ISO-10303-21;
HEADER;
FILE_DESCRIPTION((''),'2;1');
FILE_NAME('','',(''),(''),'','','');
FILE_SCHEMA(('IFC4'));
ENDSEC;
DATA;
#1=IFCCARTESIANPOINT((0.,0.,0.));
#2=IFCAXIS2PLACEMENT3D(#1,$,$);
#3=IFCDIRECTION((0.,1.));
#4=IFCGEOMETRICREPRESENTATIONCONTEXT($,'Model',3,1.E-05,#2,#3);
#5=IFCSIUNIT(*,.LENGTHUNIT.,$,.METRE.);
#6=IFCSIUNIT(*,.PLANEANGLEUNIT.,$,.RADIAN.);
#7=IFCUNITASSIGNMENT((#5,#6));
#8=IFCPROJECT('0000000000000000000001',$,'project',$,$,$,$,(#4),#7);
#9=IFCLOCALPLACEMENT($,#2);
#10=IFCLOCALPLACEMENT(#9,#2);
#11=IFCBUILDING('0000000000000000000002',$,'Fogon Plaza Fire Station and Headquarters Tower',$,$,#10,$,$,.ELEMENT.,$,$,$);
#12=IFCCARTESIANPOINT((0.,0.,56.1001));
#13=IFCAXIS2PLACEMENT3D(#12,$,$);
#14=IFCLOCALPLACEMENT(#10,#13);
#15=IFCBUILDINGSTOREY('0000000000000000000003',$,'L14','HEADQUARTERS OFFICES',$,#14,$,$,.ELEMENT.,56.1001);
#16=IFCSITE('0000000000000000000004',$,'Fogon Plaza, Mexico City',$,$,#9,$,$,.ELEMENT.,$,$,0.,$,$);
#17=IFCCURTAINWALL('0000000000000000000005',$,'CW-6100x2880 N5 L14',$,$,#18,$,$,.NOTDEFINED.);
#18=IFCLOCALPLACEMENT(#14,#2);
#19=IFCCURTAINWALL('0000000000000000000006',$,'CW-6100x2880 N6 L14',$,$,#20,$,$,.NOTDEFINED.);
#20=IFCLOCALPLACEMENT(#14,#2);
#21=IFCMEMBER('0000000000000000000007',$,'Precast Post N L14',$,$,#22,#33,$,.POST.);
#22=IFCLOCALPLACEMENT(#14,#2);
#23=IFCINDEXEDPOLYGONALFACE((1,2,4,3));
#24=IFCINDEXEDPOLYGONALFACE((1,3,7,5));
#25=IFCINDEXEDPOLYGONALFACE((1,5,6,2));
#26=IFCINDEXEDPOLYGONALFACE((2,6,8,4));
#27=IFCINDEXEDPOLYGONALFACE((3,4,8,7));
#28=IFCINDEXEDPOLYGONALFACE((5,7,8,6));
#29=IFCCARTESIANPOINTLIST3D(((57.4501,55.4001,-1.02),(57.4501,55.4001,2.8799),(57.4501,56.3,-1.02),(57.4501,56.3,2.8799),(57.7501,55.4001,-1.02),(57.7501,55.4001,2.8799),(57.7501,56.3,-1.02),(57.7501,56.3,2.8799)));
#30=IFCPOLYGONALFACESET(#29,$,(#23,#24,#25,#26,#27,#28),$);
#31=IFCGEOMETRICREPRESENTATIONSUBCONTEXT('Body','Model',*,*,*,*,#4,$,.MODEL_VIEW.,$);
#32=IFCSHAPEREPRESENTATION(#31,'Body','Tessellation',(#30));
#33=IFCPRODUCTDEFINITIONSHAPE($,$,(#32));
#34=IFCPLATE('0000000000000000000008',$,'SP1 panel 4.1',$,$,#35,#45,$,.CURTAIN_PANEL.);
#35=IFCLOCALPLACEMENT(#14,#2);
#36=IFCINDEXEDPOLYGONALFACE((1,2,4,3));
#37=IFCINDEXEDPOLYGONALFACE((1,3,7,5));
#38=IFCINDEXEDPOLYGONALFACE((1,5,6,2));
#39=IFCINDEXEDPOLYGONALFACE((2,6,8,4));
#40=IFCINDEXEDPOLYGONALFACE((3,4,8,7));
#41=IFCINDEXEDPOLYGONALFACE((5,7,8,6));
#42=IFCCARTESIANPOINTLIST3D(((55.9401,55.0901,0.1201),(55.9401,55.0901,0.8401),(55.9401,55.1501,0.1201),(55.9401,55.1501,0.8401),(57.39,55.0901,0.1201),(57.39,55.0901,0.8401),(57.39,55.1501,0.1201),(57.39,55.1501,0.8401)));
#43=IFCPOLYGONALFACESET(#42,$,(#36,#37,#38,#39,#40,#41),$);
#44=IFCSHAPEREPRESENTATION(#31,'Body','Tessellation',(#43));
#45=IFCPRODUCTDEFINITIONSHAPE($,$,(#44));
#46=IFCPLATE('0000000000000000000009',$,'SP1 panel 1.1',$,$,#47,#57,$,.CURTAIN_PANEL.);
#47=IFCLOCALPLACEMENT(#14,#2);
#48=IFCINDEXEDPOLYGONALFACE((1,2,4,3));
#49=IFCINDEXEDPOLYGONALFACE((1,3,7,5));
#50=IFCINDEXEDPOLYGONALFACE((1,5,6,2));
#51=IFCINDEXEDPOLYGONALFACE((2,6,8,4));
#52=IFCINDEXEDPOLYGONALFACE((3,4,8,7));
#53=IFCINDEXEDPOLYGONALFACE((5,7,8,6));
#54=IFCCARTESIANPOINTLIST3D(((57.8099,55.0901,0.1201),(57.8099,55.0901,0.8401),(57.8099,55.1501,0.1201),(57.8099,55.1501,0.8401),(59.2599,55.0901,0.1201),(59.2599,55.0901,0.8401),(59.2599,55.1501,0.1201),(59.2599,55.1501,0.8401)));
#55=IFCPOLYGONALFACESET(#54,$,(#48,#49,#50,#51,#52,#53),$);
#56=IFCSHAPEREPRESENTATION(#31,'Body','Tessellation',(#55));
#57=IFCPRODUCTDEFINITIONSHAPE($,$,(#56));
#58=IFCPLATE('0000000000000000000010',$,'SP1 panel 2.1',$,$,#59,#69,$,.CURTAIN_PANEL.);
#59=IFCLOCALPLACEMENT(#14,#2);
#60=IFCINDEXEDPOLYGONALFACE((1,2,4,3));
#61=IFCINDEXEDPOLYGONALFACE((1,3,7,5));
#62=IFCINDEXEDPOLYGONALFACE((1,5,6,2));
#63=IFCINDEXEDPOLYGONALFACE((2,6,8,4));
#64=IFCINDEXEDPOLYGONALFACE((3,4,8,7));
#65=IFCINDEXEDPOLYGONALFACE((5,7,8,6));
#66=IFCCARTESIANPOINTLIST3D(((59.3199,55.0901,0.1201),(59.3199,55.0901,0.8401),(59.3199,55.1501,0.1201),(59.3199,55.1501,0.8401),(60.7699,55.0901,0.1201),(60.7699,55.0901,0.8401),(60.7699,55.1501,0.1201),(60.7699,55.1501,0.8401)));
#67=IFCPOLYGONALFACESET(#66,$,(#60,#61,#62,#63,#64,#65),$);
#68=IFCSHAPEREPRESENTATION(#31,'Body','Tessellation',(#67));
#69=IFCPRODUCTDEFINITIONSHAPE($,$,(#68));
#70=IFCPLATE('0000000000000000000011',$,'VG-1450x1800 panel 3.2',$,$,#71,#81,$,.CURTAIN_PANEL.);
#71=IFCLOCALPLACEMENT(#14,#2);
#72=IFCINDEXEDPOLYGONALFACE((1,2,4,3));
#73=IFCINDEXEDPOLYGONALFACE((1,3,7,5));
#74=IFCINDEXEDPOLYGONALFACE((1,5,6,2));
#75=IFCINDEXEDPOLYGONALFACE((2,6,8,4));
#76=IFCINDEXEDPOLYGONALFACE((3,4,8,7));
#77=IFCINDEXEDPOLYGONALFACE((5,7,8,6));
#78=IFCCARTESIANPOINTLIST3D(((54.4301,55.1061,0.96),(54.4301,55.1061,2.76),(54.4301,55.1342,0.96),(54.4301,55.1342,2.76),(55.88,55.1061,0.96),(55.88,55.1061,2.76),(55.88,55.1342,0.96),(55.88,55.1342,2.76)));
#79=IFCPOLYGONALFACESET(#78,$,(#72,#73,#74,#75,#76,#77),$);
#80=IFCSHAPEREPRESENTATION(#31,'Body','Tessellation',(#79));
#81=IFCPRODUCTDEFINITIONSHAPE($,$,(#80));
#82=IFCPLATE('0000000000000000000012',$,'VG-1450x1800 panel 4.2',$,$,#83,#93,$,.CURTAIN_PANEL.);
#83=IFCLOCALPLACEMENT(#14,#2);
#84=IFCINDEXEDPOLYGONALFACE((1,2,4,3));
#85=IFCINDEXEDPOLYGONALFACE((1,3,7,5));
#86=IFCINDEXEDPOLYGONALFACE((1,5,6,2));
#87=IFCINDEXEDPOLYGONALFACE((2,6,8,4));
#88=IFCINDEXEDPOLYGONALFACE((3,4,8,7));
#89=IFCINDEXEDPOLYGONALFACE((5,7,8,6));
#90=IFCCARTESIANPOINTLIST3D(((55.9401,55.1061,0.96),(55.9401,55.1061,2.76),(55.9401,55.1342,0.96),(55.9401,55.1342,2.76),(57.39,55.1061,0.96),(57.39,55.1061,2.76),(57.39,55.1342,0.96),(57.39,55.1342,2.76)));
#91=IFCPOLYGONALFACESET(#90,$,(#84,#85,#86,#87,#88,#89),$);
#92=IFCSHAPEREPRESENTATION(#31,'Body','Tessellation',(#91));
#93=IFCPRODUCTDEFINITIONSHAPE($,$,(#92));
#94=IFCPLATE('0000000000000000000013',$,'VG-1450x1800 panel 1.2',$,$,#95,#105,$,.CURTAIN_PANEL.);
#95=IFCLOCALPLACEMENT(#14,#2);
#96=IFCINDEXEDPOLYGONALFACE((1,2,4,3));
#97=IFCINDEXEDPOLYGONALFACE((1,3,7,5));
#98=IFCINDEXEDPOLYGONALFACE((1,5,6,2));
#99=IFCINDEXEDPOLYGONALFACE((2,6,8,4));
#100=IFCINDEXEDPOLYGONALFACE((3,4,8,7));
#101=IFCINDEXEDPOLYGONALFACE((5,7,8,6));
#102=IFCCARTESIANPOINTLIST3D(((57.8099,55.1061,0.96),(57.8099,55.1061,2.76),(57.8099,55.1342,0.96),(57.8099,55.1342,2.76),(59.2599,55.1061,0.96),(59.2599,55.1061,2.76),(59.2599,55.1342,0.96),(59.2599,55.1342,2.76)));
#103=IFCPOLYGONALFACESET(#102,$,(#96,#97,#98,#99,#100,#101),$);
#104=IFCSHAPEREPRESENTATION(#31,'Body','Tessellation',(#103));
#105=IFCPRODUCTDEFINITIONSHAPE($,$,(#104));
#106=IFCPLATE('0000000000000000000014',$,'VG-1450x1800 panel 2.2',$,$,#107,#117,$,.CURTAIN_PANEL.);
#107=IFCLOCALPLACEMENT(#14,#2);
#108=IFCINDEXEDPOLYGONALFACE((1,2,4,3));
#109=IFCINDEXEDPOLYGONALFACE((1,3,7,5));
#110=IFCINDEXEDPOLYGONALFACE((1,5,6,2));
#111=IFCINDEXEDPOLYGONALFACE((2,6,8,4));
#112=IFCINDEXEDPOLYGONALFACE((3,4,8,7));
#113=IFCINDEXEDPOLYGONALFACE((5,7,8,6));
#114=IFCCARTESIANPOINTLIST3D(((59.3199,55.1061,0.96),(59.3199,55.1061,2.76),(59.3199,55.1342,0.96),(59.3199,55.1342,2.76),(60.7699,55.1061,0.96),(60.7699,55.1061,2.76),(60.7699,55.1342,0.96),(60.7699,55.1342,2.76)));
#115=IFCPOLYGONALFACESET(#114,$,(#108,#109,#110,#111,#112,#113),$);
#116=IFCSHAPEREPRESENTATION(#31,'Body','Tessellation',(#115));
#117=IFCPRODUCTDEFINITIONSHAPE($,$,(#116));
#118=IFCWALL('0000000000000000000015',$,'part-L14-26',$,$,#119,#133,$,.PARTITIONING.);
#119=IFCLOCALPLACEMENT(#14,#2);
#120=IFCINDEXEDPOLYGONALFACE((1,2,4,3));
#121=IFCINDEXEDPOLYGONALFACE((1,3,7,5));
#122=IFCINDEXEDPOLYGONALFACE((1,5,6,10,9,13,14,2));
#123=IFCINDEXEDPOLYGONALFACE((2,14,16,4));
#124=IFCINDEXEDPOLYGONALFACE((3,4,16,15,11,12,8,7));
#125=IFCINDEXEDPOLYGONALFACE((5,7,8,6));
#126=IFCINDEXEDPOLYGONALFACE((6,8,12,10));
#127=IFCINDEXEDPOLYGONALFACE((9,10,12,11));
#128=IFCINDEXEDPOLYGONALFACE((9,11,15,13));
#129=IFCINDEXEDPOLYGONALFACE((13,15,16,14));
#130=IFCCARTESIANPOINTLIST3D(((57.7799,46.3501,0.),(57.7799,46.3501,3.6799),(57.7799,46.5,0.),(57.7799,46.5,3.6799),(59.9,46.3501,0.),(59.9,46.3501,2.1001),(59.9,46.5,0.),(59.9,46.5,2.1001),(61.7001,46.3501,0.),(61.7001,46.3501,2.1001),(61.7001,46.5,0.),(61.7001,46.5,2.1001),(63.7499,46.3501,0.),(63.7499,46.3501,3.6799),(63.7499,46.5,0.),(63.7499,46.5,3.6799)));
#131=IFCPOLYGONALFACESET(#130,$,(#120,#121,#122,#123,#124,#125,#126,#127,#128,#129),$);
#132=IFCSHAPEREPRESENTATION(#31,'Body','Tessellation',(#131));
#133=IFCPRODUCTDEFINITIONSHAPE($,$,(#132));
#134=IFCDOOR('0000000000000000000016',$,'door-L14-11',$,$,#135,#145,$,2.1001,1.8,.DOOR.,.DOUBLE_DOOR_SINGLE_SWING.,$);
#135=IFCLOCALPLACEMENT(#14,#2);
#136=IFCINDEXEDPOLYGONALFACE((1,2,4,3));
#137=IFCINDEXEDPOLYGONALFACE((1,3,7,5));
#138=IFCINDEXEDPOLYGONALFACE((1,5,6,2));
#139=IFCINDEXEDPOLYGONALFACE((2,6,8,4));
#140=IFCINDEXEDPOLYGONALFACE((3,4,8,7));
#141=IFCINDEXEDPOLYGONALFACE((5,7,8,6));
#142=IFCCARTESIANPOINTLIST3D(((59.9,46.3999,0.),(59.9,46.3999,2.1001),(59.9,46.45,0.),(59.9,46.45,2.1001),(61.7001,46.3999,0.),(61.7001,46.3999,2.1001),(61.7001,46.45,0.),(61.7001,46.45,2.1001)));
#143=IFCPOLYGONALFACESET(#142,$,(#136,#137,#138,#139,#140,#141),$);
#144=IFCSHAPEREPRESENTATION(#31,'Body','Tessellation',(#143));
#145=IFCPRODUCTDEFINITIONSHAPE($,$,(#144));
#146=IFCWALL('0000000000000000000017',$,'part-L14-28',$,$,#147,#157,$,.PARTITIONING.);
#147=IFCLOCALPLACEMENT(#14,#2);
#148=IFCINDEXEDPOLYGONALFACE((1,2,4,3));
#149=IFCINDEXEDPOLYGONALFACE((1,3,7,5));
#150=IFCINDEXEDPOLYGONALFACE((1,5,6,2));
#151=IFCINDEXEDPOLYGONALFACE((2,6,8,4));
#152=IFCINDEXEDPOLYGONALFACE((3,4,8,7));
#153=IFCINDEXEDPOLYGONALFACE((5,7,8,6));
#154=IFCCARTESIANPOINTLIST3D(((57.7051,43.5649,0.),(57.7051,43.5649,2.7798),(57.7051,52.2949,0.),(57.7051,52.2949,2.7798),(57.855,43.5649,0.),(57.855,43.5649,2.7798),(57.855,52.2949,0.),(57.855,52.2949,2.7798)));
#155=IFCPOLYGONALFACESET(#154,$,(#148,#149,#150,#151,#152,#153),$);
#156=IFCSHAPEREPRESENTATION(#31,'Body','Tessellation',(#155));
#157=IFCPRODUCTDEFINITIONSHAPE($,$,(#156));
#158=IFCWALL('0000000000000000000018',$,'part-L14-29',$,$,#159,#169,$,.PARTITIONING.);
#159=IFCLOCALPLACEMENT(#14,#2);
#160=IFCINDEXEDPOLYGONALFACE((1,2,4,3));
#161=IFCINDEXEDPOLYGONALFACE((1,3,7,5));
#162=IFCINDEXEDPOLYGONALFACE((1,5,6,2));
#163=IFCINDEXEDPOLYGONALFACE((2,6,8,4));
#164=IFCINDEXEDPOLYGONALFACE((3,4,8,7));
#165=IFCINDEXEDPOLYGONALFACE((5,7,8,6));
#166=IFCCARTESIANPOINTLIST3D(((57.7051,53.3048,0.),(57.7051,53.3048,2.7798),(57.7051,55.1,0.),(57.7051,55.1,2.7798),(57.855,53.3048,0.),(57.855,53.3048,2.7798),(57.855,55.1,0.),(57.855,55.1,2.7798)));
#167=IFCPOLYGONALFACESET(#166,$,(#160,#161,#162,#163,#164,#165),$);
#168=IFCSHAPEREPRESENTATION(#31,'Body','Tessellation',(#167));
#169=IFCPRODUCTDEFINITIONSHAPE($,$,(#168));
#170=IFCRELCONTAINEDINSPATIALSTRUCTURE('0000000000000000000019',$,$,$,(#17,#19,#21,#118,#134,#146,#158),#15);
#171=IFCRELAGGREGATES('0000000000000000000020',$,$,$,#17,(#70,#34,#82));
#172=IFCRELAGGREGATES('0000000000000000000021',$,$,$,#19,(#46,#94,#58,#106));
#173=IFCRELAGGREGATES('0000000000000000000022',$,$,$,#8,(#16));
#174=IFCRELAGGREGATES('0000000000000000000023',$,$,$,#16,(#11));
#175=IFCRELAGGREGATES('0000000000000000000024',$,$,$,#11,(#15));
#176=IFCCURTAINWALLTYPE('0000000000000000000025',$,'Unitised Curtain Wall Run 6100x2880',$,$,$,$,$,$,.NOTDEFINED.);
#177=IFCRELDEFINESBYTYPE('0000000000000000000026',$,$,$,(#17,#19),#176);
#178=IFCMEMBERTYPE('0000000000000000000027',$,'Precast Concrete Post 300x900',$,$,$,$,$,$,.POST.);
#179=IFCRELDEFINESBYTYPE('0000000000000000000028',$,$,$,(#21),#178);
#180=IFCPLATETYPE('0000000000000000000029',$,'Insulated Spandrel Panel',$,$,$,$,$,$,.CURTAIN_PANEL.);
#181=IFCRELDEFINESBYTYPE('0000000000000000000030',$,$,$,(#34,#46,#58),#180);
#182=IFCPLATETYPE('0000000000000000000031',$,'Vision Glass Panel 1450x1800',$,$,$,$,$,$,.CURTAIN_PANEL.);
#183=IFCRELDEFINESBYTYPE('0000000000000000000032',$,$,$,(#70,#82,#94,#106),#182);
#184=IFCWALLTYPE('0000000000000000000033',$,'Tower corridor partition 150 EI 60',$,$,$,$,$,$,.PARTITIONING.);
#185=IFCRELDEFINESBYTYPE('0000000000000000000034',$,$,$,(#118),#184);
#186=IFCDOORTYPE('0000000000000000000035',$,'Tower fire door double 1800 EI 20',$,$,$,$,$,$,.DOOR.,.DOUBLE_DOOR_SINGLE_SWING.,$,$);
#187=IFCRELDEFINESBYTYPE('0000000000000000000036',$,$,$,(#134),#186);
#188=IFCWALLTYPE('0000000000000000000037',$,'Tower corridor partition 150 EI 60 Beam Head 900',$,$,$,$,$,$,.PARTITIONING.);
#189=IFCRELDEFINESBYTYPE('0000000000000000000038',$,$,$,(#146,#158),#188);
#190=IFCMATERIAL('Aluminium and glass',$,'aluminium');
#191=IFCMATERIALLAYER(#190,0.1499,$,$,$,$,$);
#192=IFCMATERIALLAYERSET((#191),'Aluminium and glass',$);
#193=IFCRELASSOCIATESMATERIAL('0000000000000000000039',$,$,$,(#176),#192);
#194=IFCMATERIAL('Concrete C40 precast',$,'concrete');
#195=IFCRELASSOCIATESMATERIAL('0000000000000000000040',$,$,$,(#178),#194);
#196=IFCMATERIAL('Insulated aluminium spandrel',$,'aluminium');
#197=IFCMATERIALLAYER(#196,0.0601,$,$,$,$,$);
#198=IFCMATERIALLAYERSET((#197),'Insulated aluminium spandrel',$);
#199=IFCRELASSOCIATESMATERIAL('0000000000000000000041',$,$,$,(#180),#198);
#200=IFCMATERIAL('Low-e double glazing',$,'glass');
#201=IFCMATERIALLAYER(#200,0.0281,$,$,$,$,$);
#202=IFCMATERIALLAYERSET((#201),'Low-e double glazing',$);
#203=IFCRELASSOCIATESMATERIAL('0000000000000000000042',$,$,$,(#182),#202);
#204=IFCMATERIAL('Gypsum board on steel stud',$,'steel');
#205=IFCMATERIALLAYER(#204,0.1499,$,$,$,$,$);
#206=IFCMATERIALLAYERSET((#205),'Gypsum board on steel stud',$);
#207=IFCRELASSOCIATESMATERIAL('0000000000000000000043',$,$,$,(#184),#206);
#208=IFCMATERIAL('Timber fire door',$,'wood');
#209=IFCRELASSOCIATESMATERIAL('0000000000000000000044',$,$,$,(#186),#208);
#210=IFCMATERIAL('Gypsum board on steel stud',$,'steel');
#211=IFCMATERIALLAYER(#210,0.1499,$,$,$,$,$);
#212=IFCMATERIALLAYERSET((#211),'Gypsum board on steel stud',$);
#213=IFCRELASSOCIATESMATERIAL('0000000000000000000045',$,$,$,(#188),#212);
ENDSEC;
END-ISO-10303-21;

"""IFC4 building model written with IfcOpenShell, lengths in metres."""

from ifc_helpers import new_model, si_unit, direction, frame, frame_2d, origin, origin_2d, place, context, subcontext, project, spatial, rectangle, extrude, material, layer, layer_set, material_profile, profile_set, type_object, element, fill, aggregate, save


model = new_model("IFC4")

# Units and contexts
model_context = context("Model", 3, precision=1e-05, world=origin(), true_north=direction((0.0, 1.0)))
body_context = subcontext(model_context, "Body", "Model", "MODEL_VIEW")
ifc_project = project(units=[si_unit("LENGTHUNIT", "METRE"), si_unit("PLANEANGLEUNIT", "RADIAN")], contexts=[model_context])

# Site, building, storey
site_placement = place(None, origin())
site = spatial("IfcSite", under=ifc_project, at=site_placement, Name="Fogon Plaza, Mexico City", CompositionType="ELEMENT", RefElevation=0.0)
building_placement = place(site_placement, origin())
building = spatial("IfcBuilding", under=site, at=building_placement, Name="Fogon Plaza Fire Station and Headquarters Tower", CompositionType="ELEMENT")
storey_placement = place(building_placement, frame((0.0, 0.0, 56.1001)))
storey = spatial("IfcBuildingStorey", under=building, at=storey_placement, Name="L14", Description="HEADQUARTERS OFFICES", CompositionType="ELEMENT", Elevation=56.1001)

# Curtain walls
ifc_material_1 = material(Name="Aluminium and glass", Category="aluminium")
ifc_layer_1 = layer(ifc_material_1, 0.1499)
ifc_layer_set_1 = layer_set([ifc_layer_1], Name="Aluminium and glass")
curtain_wall_type = type_object("IfcCurtainWallType", Name="Unitised Curtain Wall Run 6100x2880", PredefinedType="NOTDEFINED", material=ifc_layer_set_1)
curtain_wall_1_placement = place(storey_placement, origin())
curtain_wall_1 = element("IfcCurtainWall", 1, at=curtain_wall_1_placement, inside=storey, type_object=curtain_wall_type, Name="CW-6100x2880 N5 L14", PredefinedType="NOTDEFINED")
curtain_wall_2_placement = place(storey_placement, origin())
curtain_wall_2 = element("IfcCurtainWall", 2, at=curtain_wall_2_placement, inside=storey, type_object=curtain_wall_type, Name="CW-6100x2880 N6 L14", PredefinedType="NOTDEFINED")

# Member
ifc_material_2 = material(Name="Concrete C40 precast", Category="concrete")
ifc_material_profile_1 = material_profile(ifc_material_2, rectangle(XDim=0.3, YDim=0.8999, at=origin_2d()), Name="Precast Concrete Post 300x900")
ifc_profile_set_1 = profile_set([ifc_material_profile_1], Name="Concrete C40 precast")
member_type_1 = type_object("IfcMemberType", Name="Precast Concrete Post 300x900", PredefinedType="POST", material=ifc_profile_set_1)
member_1_placement = place(storey_placement, frame((57.6001, 55.8501, -1.02), z_axis=(0.0, 0.0, 1.0), x_axis=(1.0, 0.0, 0.0)))
element("IfcMember", 3, at=member_1_placement, inside=storey, type_object=member_type_1, Name="Precast Post N L14", PredefinedType="POST", context=body_context, shape_type="SweptSolid", body=[
    extrude(rectangle(XDim=0.3, YDim=0.8999, at=origin_2d()), origin(), (0.0, 0.0, 1.0), 3.8999),
])

# Plates
ifc_material_3 = material(Name="Insulated aluminium spandrel", Category="aluminium")
ifc_layer_2 = layer(ifc_material_3, 0.0601)
ifc_layer_set_2 = layer_set([ifc_layer_2], Name="Insulated aluminium spandrel")
plate_type_1 = type_object("IfcPlateType", Name="Insulated Spandrel Panel", PredefinedType="CURTAIN_PANEL", material=ifc_layer_set_2)
plate_1_placement = place(storey_placement, frame((56.665, 55.1201, 0.1201), z_axis=(0.0, 0.0, 1.0), x_axis=(1.0, 0.0, 0.0)))
plate_1 = element("IfcPlate", 4, at=plate_1_placement, type_object=plate_type_1, Name="SP1 panel 4.1", PredefinedType="CURTAIN_PANEL", context=body_context, shape_type="SweptSolid", body=[
    extrude(rectangle(XDim=1.45, YDim=0.0601, at=origin_2d()), origin(), (0.0, 0.0, 1.0), 0.72),
])
plate_2_placement = place(storey_placement, frame((58.5349, 55.1201, 0.1201), z_axis=(0.0, 0.0, 1.0), x_axis=(1.0, 0.0, 0.0)))
plate_2 = element("IfcPlate", 5, at=plate_2_placement, type_object=plate_type_1, Name="SP1 panel 1.1", PredefinedType="CURTAIN_PANEL", context=body_context, shape_type="SweptSolid", body=[
    extrude(rectangle(XDim=1.45, YDim=0.0601, at=origin_2d()), origin(), (0.0, 0.0, 1.0), 0.72),
])
plate_3_placement = place(storey_placement, frame((60.0449, 55.1201, 0.1201), z_axis=(0.0, 0.0, 1.0), x_axis=(1.0, 0.0, 0.0)))
plate_3 = element("IfcPlate", 6, at=plate_3_placement, type_object=plate_type_1, Name="SP1 panel 2.1", PredefinedType="CURTAIN_PANEL", context=body_context, shape_type="SweptSolid", body=[
    extrude(rectangle(XDim=1.45, YDim=0.0601, at=origin_2d()), origin(), (0.0, 0.0, 1.0), 0.72),
])
ifc_material_4 = material(Name="Low-e double glazing", Category="glass")
ifc_layer_3 = layer(ifc_material_4, 0.0281)
ifc_layer_set_3 = layer_set([ifc_layer_3], Name="Low-e double glazing")
plate_type_2 = type_object("IfcPlateType", Name="Vision Glass Panel 1450x1800", PredefinedType="CURTAIN_PANEL", material=ifc_layer_set_3)
plate_4_placement = place(storey_placement, frame((55.155, 55.1201, 0.96), z_axis=(0.0, 0.0, 1.0), x_axis=(1.0, 0.0, 0.0)))
plate_4 = element("IfcPlate", 7, at=plate_4_placement, type_object=plate_type_2, Name="VG-1450x1800 panel 3.2", PredefinedType="CURTAIN_PANEL", context=body_context, shape_type="SweptSolid", body=[
    extrude(rectangle(XDim=1.45, YDim=0.0281, at=origin_2d()), origin(), (0.0, 0.0, 1.0), 1.8),
])
plate_5_placement = place(storey_placement, frame((56.665, 55.1201, 0.96), z_axis=(0.0, 0.0, 1.0), x_axis=(1.0, 0.0, 0.0)))
plate_5 = element("IfcPlate", 8, at=plate_5_placement, type_object=plate_type_2, Name="VG-1450x1800 panel 4.2", PredefinedType="CURTAIN_PANEL", context=body_context, shape_type="SweptSolid", body=[
    extrude(rectangle(XDim=1.45, YDim=0.0281, at=origin_2d()), origin(), (0.0, 0.0, 1.0), 1.8),
])
aggregate(curtain_wall_1, [plate_4, plate_1, plate_5])
plate_6_placement = place(storey_placement, frame((58.5349, 55.1201, 0.96), z_axis=(0.0, 0.0, 1.0), x_axis=(1.0, 0.0, 0.0)))
plate_6 = element("IfcPlate", 9, at=plate_6_placement, type_object=plate_type_2, Name="VG-1450x1800 panel 1.2", PredefinedType="CURTAIN_PANEL", context=body_context, shape_type="SweptSolid", body=[
    extrude(rectangle(XDim=1.45, YDim=0.0281, at=origin_2d()), origin(), (0.0, 0.0, 1.0), 1.8),
])
plate_7_placement = place(storey_placement, frame((60.0449, 55.1201, 0.96), z_axis=(0.0, 0.0, 1.0), x_axis=(1.0, 0.0, 0.0)))
plate_7 = element("IfcPlate", 10, at=plate_7_placement, type_object=plate_type_2, Name="VG-1450x1800 panel 2.2", PredefinedType="CURTAIN_PANEL", context=body_context, shape_type="SweptSolid", body=[
    extrude(rectangle(XDim=1.45, YDim=0.0281, at=origin_2d()), origin(), (0.0, 0.0, 1.0), 1.8),
])
aggregate(curtain_wall_2, [plate_2, plate_6, plate_3, plate_7])

# Wall, opening, door
ifc_material_5 = material(Name="Gypsum board on steel stud", Category="steel")
ifc_layer_4 = layer(ifc_material_5, 0.1499)
ifc_layer_set_4 = layer_set([ifc_layer_4], Name="Gypsum board on steel stud")
wall_type_1 = type_object("IfcWallType", Name="Tower corridor partition 150 EI 60", PredefinedType="PARTITIONING", material=ifc_layer_set_4)
wall_1_placement = place(storey_placement, frame((57.78, 46.425, 0.0), z_axis=(0.0, 0.0, 1.0), x_axis=(1.0, 0.0, 0.0)))
wall_1 = element("IfcWall", 11, at=wall_1_placement, inside=storey, type_object=wall_type_1, Name="part-L14-26", PredefinedType="PARTITIONING", context=body_context, shape_type="SweptSolid", body=[
    extrude(rectangle(XDim=5.97, YDim=0.1499, at=frame_2d((2.9849, 0.0))), origin(), (0.0, 0.0, 1.0), 3.6799),
])
opening_placement = place(wall_1_placement, frame((2.1201, 0.0, 0.0)))
opening = element("IfcOpeningElement", 12, at=opening_placement, cuts=wall_1, PredefinedType="OPENING", context=body_context, shape_type="SweptSolid", body=[
    extrude(rectangle(XDim=1.8, YDim=2.1001, at=frame_2d((0.8999, 1.05))), frame((0.0, 0.085, 0.0), z_axis=(0.0, -1.0, 0.0), x_axis=(1.0, 0.0, 0.0)), (0.0, 0.0, 1.0), 0.1699),
])
ifc_material_6 = material(Name="Timber fire door", Category="wood")
door_type = type_object("IfcDoorType", Name="Tower fire door double 1800 EI 20", OperationType="DOUBLE_DOOR_SINGLE_SWING", PredefinedType="DOOR", material=ifc_material_6)
door_placement = place(opening_placement, origin())
door = element("IfcDoor", 13, at=door_placement, inside=storey, type_object=door_type, Name="door-L14-11", OperationType="DOUBLE_DOOR_SINGLE_SWING", OverallHeight=2.1001, OverallWidth=1.8, PredefinedType="DOOR", context=body_context, shape_type="SweptSolid", body=[
    extrude(rectangle(XDim=1.8, YDim=2.1001, at=frame_2d((0.8999, 1.05))), frame((0.0, 0.0249, 0.0), z_axis=(0.0, -1.0, 0.0), x_axis=(1.0, 0.0, 0.0)), (0.0, 0.0, 1.0), 0.05),
])
fill(opening, door)

# Walls
ifc_material_7 = material(Name="Gypsum board on steel stud", Category="steel")
ifc_layer_5 = layer(ifc_material_7, 0.1499)
ifc_layer_set_5 = layer_set([ifc_layer_5], Name="Gypsum board on steel stud")
wall_type_2 = type_object("IfcWallType", Name="Tower corridor partition 150 EI 60 Beam Head 900", PredefinedType="PARTITIONING", material=ifc_layer_set_5)
wall_2_placement = place(storey_placement, frame((57.78, 43.5649, 0.0), z_axis=(0.0, 0.0, 1.0), x_axis=(0.0, 1.0, 0.0)))
element("IfcWall", 14, at=wall_2_placement, inside=storey, type_object=wall_type_2, Name="part-L14-28", PredefinedType="PARTITIONING", context=body_context, shape_type="SweptSolid", body=[
    extrude(rectangle(XDim=8.73, YDim=0.1499, at=frame_2d((4.365, 0.0))), origin(), (0.0, 0.0, 1.0), 2.7798),
])
wall_3_placement = place(storey_placement, frame((57.78, 53.3049, 0.0), z_axis=(0.0, 0.0, 1.0), x_axis=(0.0, 1.0, 0.0)))
element("IfcWall", 15, at=wall_3_placement, inside=storey, type_object=wall_type_2, Name="part-L14-29", PredefinedType="PARTITIONING", context=body_context, shape_type="SweptSolid", body=[
    extrude(rectangle(XDim=1.7952, YDim=0.1499, at=frame_2d((0.8975, 0.0))), origin(), (0.0, 0.0, 1.0), 2.7798),
])

save(model, "model.ifc")
